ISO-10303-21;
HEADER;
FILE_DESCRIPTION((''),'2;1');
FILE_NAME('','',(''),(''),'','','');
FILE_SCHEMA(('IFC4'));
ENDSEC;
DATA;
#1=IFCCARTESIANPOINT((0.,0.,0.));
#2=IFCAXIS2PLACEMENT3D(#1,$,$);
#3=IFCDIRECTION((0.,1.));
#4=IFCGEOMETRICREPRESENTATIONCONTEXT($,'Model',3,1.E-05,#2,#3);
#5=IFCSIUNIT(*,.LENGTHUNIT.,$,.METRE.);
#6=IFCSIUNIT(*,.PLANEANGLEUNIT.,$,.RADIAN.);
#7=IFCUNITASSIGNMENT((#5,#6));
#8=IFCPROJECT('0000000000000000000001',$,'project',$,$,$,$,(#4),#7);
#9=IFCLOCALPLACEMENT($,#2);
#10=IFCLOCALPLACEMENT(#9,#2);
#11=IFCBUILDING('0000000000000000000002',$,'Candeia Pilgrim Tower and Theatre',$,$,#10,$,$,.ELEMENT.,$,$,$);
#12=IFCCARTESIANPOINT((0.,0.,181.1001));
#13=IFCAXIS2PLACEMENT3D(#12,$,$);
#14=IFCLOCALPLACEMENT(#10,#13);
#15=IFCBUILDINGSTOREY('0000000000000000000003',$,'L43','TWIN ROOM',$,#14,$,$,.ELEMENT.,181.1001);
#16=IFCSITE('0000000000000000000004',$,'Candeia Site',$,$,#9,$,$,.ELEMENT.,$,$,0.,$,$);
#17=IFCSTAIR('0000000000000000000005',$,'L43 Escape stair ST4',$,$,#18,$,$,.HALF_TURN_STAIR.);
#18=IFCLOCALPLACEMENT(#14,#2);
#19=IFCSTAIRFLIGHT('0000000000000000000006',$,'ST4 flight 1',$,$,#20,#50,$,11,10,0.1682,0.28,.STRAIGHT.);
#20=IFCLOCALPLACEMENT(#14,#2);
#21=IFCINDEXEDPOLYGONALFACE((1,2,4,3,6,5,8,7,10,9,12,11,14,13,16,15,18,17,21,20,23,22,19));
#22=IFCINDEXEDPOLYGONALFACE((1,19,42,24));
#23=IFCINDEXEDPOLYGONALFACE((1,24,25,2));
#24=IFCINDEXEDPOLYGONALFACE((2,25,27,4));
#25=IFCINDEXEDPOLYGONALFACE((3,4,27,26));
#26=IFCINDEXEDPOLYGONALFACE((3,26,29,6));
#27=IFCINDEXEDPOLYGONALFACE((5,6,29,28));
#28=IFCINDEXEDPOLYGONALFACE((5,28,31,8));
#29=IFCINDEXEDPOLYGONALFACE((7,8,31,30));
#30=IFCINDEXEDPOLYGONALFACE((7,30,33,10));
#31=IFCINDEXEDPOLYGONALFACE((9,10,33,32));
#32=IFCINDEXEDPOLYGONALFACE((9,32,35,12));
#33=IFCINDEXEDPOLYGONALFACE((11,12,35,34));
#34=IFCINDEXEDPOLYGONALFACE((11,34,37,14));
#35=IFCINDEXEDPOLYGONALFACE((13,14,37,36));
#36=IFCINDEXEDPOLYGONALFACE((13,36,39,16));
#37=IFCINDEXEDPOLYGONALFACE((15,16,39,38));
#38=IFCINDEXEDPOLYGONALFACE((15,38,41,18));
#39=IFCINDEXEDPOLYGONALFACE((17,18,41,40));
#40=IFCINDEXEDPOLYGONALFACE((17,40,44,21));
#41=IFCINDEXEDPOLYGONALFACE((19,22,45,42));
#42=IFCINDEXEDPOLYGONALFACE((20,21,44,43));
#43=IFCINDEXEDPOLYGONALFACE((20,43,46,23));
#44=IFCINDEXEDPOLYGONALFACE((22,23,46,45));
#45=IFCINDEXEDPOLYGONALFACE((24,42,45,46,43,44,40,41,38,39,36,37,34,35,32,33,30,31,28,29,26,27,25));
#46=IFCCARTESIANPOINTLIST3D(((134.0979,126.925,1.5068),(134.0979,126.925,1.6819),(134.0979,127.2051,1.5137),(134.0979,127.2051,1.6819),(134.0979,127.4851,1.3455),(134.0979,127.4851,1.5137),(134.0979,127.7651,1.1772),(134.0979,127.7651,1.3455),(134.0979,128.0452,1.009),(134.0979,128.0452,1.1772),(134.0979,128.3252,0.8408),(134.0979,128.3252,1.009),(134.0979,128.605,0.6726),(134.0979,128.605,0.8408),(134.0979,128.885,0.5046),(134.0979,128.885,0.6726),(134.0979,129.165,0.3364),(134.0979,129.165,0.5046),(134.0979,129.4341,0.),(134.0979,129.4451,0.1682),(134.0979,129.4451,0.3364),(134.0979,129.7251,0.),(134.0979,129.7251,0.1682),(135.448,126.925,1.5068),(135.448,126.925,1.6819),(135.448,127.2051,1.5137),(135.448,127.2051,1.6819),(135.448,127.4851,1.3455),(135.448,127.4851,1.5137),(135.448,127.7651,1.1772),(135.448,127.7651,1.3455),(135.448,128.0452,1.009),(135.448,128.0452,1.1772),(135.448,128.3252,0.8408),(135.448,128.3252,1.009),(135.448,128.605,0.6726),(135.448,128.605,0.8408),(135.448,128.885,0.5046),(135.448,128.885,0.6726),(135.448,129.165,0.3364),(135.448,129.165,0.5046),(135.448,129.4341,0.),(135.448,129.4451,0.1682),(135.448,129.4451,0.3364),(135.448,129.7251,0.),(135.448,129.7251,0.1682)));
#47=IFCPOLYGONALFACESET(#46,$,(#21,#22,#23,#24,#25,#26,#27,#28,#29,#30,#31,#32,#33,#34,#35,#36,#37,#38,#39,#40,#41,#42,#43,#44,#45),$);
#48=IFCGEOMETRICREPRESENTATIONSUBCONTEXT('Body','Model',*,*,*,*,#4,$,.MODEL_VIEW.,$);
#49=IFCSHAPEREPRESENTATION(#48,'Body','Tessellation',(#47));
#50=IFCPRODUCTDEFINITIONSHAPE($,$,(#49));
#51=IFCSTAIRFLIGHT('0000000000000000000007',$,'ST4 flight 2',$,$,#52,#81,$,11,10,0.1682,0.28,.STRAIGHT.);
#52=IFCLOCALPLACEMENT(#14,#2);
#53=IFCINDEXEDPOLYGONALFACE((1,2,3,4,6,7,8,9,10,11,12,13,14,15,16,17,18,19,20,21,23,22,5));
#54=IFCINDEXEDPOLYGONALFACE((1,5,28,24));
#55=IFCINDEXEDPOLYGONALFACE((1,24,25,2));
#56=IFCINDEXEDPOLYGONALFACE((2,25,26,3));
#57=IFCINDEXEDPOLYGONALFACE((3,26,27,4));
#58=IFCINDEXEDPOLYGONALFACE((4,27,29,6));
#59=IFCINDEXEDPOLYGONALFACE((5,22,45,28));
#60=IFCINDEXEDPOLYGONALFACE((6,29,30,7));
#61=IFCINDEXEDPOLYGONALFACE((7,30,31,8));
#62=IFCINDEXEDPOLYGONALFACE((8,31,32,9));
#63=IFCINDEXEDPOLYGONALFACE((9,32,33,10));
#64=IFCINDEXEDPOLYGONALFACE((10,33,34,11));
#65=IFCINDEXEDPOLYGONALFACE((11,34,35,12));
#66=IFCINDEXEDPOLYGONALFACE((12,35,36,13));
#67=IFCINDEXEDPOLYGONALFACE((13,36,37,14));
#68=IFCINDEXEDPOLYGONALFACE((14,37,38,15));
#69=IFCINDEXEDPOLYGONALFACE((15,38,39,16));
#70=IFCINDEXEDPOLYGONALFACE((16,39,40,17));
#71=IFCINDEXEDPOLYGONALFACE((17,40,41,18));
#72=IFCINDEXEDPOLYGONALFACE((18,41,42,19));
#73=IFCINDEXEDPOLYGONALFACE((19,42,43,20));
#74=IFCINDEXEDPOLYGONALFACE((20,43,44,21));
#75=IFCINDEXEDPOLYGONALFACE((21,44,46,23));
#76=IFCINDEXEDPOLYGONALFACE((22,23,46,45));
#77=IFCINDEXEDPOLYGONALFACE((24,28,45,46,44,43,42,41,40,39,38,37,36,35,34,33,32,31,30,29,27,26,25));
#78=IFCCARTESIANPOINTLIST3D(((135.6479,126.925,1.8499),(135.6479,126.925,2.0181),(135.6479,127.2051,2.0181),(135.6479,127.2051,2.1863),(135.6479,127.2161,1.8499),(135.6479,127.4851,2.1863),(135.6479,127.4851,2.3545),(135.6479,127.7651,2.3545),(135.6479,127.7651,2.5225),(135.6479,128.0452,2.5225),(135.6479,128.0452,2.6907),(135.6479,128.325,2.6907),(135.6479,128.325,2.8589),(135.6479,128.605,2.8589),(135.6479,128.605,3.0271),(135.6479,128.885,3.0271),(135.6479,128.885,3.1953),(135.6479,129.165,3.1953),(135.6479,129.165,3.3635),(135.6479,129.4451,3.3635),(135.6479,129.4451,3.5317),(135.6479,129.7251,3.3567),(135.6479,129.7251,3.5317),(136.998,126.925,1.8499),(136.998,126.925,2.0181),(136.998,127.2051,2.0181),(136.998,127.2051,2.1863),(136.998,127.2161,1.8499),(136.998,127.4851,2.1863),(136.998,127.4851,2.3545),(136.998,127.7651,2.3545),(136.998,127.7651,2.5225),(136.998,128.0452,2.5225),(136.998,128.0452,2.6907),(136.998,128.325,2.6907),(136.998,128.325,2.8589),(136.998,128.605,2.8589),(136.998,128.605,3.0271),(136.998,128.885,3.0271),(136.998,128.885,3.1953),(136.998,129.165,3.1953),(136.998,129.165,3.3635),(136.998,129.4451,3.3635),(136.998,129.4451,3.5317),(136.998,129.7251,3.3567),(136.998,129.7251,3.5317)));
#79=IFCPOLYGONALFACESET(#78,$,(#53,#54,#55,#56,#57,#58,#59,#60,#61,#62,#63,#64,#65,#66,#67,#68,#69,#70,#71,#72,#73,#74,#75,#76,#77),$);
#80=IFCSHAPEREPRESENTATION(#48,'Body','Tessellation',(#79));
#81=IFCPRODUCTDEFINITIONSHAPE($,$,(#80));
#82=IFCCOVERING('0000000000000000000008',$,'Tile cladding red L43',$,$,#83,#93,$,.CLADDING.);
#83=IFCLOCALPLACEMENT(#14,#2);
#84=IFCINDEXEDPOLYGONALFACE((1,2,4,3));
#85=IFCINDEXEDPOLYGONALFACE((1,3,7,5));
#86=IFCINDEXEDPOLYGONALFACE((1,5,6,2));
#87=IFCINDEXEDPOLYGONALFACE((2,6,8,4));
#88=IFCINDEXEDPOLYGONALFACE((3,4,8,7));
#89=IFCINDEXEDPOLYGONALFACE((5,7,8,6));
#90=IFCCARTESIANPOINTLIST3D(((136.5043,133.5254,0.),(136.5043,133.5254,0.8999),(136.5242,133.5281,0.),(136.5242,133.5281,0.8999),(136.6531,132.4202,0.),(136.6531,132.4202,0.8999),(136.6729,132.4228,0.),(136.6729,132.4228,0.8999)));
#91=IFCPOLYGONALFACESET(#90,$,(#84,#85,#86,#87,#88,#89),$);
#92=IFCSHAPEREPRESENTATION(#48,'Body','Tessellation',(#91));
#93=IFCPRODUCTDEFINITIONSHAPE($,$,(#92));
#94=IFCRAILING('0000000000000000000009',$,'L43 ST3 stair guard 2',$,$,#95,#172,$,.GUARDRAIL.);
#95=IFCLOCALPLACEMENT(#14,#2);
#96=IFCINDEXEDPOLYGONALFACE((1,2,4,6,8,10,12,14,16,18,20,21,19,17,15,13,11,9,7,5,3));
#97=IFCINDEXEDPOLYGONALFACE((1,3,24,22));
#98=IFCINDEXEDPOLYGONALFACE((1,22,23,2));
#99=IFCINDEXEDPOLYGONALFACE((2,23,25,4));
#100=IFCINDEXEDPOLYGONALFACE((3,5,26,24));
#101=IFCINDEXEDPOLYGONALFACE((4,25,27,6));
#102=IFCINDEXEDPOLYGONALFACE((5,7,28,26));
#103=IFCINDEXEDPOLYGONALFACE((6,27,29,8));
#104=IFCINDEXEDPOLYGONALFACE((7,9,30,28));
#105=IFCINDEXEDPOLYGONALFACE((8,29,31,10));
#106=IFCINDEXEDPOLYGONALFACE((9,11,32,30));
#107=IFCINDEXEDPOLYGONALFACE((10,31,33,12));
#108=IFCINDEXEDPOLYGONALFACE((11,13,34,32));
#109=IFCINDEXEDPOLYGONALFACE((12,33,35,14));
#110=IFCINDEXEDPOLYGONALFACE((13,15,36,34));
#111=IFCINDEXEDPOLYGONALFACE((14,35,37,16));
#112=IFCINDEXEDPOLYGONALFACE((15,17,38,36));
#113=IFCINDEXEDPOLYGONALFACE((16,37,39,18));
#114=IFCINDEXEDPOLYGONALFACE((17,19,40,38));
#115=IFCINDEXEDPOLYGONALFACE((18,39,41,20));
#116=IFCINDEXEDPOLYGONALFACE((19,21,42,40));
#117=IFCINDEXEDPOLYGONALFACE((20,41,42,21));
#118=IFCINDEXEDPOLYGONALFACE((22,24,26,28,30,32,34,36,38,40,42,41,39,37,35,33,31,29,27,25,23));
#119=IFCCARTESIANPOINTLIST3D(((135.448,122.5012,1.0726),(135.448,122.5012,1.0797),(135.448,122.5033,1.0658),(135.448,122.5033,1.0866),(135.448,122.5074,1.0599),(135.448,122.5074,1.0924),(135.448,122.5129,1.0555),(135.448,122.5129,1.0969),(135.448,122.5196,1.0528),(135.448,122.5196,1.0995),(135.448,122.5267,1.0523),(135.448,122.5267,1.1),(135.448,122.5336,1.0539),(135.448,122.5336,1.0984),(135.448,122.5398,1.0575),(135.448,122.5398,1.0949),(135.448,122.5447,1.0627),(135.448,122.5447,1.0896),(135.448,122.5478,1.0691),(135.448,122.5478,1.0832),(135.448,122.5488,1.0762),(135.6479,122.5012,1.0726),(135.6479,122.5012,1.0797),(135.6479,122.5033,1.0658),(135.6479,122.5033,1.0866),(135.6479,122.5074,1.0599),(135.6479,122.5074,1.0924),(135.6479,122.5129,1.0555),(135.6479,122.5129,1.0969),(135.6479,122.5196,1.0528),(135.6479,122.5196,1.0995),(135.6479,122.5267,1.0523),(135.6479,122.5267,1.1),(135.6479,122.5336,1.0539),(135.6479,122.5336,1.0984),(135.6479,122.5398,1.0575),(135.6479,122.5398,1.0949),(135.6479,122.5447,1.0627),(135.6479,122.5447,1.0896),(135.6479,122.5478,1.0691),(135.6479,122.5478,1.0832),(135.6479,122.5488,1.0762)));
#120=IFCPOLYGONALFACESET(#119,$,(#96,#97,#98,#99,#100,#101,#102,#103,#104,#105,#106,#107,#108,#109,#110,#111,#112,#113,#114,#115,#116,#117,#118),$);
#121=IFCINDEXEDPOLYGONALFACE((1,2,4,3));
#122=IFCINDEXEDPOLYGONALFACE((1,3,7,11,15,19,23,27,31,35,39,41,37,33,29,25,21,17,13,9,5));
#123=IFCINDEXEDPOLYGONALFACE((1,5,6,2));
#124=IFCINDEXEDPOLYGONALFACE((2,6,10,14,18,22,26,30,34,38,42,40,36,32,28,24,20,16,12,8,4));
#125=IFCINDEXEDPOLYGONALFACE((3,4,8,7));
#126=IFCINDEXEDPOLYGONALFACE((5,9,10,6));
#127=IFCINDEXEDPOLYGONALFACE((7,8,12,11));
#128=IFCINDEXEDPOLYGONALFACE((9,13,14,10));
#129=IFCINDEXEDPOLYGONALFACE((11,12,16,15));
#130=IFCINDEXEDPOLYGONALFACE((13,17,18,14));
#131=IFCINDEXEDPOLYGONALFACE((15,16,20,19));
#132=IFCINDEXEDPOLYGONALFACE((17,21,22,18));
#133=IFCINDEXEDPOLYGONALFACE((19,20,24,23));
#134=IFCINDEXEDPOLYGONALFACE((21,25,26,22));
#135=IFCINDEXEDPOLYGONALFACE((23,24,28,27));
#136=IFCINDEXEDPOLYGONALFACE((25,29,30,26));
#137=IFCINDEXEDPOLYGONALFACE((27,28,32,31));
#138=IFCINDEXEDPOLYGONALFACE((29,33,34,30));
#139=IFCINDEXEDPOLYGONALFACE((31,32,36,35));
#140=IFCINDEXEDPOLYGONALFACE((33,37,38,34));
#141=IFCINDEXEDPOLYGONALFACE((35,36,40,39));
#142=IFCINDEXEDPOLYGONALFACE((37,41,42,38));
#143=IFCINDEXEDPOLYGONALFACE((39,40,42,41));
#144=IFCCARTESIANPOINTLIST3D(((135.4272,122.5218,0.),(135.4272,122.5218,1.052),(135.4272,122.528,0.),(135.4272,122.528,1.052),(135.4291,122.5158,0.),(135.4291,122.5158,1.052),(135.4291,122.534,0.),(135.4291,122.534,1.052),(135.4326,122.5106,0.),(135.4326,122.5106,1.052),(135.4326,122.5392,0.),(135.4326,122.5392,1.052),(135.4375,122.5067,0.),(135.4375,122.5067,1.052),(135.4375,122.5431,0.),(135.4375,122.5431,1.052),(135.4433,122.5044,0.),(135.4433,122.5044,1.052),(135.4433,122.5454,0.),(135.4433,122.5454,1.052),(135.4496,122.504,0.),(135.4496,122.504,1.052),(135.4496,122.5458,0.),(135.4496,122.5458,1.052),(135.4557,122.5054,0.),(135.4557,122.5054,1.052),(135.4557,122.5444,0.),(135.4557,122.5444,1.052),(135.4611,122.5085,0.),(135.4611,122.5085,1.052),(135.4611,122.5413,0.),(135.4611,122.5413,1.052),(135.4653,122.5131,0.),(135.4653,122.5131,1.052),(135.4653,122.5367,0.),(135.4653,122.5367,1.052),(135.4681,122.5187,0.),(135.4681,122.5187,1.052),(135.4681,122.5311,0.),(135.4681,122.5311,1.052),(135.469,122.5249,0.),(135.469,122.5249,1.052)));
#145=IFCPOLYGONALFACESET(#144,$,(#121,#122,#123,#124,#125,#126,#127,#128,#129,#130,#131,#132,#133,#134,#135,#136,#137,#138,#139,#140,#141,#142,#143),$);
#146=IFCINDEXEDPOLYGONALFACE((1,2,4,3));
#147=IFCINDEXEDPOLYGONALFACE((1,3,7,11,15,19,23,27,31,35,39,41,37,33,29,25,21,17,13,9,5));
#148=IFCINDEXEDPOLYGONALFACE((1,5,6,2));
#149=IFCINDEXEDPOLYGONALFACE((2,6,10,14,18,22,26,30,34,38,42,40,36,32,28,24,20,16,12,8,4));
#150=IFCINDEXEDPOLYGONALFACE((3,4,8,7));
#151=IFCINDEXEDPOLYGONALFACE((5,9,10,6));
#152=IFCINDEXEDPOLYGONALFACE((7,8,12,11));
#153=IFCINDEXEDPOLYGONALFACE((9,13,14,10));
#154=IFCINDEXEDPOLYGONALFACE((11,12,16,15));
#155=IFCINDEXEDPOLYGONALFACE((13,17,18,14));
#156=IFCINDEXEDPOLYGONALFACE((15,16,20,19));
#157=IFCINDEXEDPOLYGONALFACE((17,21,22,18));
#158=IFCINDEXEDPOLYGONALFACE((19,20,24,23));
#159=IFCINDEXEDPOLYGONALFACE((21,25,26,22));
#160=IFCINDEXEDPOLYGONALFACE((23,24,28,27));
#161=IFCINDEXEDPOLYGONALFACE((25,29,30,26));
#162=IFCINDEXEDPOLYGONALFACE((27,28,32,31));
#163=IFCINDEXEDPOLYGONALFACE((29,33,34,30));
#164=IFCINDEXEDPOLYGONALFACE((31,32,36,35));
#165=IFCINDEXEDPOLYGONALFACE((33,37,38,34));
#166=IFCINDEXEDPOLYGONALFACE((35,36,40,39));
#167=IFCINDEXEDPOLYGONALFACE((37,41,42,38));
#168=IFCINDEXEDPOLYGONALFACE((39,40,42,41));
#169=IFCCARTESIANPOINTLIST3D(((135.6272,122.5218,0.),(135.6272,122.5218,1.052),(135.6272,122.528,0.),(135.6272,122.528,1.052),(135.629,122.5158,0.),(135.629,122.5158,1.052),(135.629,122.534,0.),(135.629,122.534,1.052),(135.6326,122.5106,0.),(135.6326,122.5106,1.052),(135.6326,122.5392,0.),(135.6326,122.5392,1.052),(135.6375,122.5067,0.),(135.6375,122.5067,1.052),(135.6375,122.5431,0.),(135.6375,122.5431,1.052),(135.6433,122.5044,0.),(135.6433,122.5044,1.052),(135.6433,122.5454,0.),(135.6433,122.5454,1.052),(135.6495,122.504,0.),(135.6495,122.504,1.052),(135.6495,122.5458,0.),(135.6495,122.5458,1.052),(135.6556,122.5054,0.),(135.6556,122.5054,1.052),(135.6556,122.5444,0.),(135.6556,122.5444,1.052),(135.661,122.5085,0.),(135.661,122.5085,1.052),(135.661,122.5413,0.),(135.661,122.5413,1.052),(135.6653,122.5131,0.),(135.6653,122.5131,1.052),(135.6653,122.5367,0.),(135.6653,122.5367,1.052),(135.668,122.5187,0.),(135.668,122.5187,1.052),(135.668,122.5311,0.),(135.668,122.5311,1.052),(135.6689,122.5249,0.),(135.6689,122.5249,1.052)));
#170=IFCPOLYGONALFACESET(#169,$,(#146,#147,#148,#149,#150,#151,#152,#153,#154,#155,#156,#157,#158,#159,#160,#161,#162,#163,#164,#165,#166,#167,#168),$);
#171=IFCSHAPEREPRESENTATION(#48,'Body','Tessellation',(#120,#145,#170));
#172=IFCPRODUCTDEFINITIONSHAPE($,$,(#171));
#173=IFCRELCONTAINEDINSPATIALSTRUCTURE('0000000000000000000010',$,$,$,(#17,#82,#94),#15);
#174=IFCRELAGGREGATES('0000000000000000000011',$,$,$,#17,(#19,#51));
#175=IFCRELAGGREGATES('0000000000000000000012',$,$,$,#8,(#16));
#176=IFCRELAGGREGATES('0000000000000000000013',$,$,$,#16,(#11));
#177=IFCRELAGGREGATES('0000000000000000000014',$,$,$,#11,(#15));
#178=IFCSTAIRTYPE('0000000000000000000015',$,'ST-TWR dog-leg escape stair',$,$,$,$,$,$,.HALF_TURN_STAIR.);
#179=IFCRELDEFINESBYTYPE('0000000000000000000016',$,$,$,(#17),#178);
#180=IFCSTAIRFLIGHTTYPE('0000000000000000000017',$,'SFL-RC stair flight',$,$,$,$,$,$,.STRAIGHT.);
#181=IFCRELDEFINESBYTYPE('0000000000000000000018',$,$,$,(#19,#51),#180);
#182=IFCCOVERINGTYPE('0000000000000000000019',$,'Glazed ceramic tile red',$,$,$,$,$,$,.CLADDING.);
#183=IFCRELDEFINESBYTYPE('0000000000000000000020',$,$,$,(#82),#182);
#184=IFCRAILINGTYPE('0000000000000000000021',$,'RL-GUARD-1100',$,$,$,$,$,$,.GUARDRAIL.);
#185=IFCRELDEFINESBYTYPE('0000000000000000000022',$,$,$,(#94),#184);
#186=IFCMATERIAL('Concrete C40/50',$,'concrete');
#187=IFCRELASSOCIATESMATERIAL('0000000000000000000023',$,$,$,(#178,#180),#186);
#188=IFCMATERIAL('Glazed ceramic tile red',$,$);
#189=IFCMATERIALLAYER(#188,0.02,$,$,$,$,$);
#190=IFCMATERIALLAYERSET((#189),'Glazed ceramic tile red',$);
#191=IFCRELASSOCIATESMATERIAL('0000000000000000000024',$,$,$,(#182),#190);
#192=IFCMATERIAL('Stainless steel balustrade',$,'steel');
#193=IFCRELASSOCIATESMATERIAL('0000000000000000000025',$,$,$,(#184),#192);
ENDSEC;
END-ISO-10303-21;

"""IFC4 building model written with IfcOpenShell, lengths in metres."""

from ifc_helpers import new_model, si_unit, direction, frame, origin, origin_2d, place, context, subcontext, project, spatial, polyline, rectangle, circle, outline, extrude, material, layer, layer_set, type_object, element, aggregate, save


model = new_model("IFC4")

# Units and contexts
model_context = context("Model", 3, precision=1e-05, world=origin(), true_north=direction((0.0, 1.0)))
body_context = subcontext(model_context, "Body", "Model", "MODEL_VIEW")
ifc_project = project(units=[si_unit("LENGTHUNIT", "METRE"), si_unit("PLANEANGLEUNIT", "RADIAN")], contexts=[model_context])

# Site, building, storey
site_placement = place(None, origin())
site = spatial("IfcSite", under=ifc_project, at=site_placement, Name="Candeia Site", CompositionType="ELEMENT", RefElevation=0.0)
building_placement = place(site_placement, origin())
building = spatial("IfcBuilding", under=site, at=building_placement, Name="Candeia Pilgrim Tower and Theatre", CompositionType="ELEMENT")
storey_placement = place(building_placement, frame((0.0, 0.0, 181.1001)))
storey = spatial("IfcBuildingStorey", under=building, at=storey_placement, Name="L43", Description="TWIN ROOM", CompositionType="ELEMENT", Elevation=181.1001)

# Shared definitions
ifc_material_1 = material(Name="Concrete C40/50", Category="concrete")

# Stair, stair flights
stair_type = type_object("IfcStairType", Name="ST-TWR dog-leg escape stair", PredefinedType="HALF_TURN_STAIR", material=ifc_material_1)
stair_flight_type = type_object("IfcStairFlightType", Name="SFL-RC stair flight", PredefinedType="STRAIGHT", material=ifc_material_1)
stair_1_placement = place(storey_placement, origin())
stair_1 = element("IfcStair", 1, at=stair_1_placement, inside=storey, type_object=stair_type, Name="L43 Escape stair ST4", PredefinedType="HALF_TURN_STAIR")
stair_flight_1_placement = place(storey_placement, frame((134.7729, 129.7251, 0.0), z_axis=(0.0, 0.0, 1.0), x_axis=(0.0, -1.0, 0.0)))
stair_flight_1 = element("IfcStairFlight", 2, at=stair_flight_1_placement, type_object=stair_flight_type, Name="ST4 flight 1", NumberOfRisers=11, NumberOfTreads=10, PredefinedType="STRAIGHT", RiserHeight=0.1682, TreadLength=0.28, context=body_context, shape_type="SweptSolid", body=[
    extrude(outline(polyline([(0.0, 0.0), (0.0, 0.1682), (0.28, 0.1682), (0.28, 0.3364), (0.5601, 0.3364), (0.5601, 0.5046), (0.8401, 0.5046), (0.8401, 0.6726), (1.1201, 0.6726), (1.1201, 0.8408), (1.3999, 0.8408), (1.3999, 1.009), (1.6799, 1.009), (1.6799, 1.1772), (1.96, 1.1772), (1.96, 1.3455), (2.24, 1.3455), (2.24, 1.5137), (2.52, 1.5137), (2.52, 1.6819), (2.8, 1.6819), (2.8, 1.8501), (2.8, 1.5068), (0.291, 0.0), (0.0, 0.0)])), frame((0.0, 0.675, 0.0), z_axis=(0.0, -1.0, 0.0), x_axis=(1.0, 0.0, 0.0)), (0.0, 0.0, 1.0), 1.3501),
])
stair_flight_2_placement = place(storey_placement, frame((136.323, 126.925, 1.8499), z_axis=(0.0, 0.0, 1.0), x_axis=(0.0, 1.0, 0.0)))
stair_flight_2 = element("IfcStairFlight", 3, at=stair_flight_2_placement, type_object=stair_flight_type, Name="ST4 flight 2", NumberOfRisers=11, NumberOfTreads=10, PredefinedType="STRAIGHT", RiserHeight=0.1682, TreadLength=0.28, context=body_context, shape_type="SweptSolid", body=[
    extrude(outline(polyline([(0.0, 0.0), (0.0, 0.1682), (0.28, 0.1682), (0.28, 0.3364), (0.5601, 0.3364), (0.5601, 0.5046), (0.8401, 0.5046), (0.8401, 0.6726), (1.1201, 0.6726), (1.1201, 0.8408), (1.3999, 0.8408), (1.3999, 1.009), (1.6799, 1.009), (1.6799, 1.1772), (1.96, 1.1772), (1.96, 1.3455), (2.24, 1.3455), (2.24, 1.5137), (2.52, 1.5137), (2.52, 1.6819), (2.8, 1.6819), (2.8, 1.8501), (2.8, 1.5068), (0.291, 0.0), (0.0, 0.0)])), frame((0.0, 0.675, 0.0), z_axis=(0.0, -1.0, 0.0), x_axis=(1.0, 0.0, 0.0)), (0.0, 0.0, 1.0), 1.3501),
])
aggregate(stair_1, [stair_flight_1, stair_flight_2])

# Covering
ifc_material_2 = material(Name="Glazed ceramic tile red")
ifc_layer_1 = layer(ifc_material_2, 0.02)
ifc_layer_set_1 = layer_set([ifc_layer_1], Name="Glazed ceramic tile red")
covering_type = type_object("IfcCoveringType", Name="Glazed ceramic tile red", PredefinedType="CLADDING", material=ifc_layer_set_1)
covering_placement = place(storey_placement, frame((136.5886, 132.9741, 0.0), z_axis=(0.0, 0.0, 1.0), x_axis=(-0.133412, 0.991061, 0.0)))
element("IfcCovering", 4, at=covering_placement, inside=storey, type_object=covering_type, Name="Tile cladding red L43", PredefinedType="CLADDING", context=body_context, shape_type="SweptSolid", body=[
    extrude(rectangle(XDim=1.1152, YDim=0.02, at=origin_2d()), origin(), (0.0, 0.0, 1.0), 0.8999),
])

# Railing
ifc_material_3 = material(Name="Stainless steel balustrade", Category="steel")
railing_type_1 = type_object("IfcRailingType", Name="RL-GUARD-1100", PredefinedType="GUARDRAIL", material=ifc_material_3)
railing_1_placement = place(storey_placement, frame((135.448, 122.5249, 0.0)))
element("IfcRailing", 5, at=railing_1_placement, inside=storey, type_object=railing_type_1, Name="L43 ST3 stair guard 2", PredefinedType="GUARDRAIL", context=body_context, shape_type="SweptSolid", body=[
    extrude(circle(Radius=0.0239, at=origin_2d()), frame((0.0, 0.0, 1.0762), z_axis=(1.0, 0.0, 0.0), x_axis=(0.0, 1.0, 0.0)), (0.0, 0.0, 1.0), 0.2),
    extrude(circle(Radius=0.021, at=origin_2d()), origin(), (0.0, 0.0, 1.0), 1.052),
    extrude(circle(Radius=0.021, at=origin_2d()), frame((0.2, 0.0, 0.0)), (0.0, 0.0, 1.0), 1.052),
])

save(model, "model.ifc")
